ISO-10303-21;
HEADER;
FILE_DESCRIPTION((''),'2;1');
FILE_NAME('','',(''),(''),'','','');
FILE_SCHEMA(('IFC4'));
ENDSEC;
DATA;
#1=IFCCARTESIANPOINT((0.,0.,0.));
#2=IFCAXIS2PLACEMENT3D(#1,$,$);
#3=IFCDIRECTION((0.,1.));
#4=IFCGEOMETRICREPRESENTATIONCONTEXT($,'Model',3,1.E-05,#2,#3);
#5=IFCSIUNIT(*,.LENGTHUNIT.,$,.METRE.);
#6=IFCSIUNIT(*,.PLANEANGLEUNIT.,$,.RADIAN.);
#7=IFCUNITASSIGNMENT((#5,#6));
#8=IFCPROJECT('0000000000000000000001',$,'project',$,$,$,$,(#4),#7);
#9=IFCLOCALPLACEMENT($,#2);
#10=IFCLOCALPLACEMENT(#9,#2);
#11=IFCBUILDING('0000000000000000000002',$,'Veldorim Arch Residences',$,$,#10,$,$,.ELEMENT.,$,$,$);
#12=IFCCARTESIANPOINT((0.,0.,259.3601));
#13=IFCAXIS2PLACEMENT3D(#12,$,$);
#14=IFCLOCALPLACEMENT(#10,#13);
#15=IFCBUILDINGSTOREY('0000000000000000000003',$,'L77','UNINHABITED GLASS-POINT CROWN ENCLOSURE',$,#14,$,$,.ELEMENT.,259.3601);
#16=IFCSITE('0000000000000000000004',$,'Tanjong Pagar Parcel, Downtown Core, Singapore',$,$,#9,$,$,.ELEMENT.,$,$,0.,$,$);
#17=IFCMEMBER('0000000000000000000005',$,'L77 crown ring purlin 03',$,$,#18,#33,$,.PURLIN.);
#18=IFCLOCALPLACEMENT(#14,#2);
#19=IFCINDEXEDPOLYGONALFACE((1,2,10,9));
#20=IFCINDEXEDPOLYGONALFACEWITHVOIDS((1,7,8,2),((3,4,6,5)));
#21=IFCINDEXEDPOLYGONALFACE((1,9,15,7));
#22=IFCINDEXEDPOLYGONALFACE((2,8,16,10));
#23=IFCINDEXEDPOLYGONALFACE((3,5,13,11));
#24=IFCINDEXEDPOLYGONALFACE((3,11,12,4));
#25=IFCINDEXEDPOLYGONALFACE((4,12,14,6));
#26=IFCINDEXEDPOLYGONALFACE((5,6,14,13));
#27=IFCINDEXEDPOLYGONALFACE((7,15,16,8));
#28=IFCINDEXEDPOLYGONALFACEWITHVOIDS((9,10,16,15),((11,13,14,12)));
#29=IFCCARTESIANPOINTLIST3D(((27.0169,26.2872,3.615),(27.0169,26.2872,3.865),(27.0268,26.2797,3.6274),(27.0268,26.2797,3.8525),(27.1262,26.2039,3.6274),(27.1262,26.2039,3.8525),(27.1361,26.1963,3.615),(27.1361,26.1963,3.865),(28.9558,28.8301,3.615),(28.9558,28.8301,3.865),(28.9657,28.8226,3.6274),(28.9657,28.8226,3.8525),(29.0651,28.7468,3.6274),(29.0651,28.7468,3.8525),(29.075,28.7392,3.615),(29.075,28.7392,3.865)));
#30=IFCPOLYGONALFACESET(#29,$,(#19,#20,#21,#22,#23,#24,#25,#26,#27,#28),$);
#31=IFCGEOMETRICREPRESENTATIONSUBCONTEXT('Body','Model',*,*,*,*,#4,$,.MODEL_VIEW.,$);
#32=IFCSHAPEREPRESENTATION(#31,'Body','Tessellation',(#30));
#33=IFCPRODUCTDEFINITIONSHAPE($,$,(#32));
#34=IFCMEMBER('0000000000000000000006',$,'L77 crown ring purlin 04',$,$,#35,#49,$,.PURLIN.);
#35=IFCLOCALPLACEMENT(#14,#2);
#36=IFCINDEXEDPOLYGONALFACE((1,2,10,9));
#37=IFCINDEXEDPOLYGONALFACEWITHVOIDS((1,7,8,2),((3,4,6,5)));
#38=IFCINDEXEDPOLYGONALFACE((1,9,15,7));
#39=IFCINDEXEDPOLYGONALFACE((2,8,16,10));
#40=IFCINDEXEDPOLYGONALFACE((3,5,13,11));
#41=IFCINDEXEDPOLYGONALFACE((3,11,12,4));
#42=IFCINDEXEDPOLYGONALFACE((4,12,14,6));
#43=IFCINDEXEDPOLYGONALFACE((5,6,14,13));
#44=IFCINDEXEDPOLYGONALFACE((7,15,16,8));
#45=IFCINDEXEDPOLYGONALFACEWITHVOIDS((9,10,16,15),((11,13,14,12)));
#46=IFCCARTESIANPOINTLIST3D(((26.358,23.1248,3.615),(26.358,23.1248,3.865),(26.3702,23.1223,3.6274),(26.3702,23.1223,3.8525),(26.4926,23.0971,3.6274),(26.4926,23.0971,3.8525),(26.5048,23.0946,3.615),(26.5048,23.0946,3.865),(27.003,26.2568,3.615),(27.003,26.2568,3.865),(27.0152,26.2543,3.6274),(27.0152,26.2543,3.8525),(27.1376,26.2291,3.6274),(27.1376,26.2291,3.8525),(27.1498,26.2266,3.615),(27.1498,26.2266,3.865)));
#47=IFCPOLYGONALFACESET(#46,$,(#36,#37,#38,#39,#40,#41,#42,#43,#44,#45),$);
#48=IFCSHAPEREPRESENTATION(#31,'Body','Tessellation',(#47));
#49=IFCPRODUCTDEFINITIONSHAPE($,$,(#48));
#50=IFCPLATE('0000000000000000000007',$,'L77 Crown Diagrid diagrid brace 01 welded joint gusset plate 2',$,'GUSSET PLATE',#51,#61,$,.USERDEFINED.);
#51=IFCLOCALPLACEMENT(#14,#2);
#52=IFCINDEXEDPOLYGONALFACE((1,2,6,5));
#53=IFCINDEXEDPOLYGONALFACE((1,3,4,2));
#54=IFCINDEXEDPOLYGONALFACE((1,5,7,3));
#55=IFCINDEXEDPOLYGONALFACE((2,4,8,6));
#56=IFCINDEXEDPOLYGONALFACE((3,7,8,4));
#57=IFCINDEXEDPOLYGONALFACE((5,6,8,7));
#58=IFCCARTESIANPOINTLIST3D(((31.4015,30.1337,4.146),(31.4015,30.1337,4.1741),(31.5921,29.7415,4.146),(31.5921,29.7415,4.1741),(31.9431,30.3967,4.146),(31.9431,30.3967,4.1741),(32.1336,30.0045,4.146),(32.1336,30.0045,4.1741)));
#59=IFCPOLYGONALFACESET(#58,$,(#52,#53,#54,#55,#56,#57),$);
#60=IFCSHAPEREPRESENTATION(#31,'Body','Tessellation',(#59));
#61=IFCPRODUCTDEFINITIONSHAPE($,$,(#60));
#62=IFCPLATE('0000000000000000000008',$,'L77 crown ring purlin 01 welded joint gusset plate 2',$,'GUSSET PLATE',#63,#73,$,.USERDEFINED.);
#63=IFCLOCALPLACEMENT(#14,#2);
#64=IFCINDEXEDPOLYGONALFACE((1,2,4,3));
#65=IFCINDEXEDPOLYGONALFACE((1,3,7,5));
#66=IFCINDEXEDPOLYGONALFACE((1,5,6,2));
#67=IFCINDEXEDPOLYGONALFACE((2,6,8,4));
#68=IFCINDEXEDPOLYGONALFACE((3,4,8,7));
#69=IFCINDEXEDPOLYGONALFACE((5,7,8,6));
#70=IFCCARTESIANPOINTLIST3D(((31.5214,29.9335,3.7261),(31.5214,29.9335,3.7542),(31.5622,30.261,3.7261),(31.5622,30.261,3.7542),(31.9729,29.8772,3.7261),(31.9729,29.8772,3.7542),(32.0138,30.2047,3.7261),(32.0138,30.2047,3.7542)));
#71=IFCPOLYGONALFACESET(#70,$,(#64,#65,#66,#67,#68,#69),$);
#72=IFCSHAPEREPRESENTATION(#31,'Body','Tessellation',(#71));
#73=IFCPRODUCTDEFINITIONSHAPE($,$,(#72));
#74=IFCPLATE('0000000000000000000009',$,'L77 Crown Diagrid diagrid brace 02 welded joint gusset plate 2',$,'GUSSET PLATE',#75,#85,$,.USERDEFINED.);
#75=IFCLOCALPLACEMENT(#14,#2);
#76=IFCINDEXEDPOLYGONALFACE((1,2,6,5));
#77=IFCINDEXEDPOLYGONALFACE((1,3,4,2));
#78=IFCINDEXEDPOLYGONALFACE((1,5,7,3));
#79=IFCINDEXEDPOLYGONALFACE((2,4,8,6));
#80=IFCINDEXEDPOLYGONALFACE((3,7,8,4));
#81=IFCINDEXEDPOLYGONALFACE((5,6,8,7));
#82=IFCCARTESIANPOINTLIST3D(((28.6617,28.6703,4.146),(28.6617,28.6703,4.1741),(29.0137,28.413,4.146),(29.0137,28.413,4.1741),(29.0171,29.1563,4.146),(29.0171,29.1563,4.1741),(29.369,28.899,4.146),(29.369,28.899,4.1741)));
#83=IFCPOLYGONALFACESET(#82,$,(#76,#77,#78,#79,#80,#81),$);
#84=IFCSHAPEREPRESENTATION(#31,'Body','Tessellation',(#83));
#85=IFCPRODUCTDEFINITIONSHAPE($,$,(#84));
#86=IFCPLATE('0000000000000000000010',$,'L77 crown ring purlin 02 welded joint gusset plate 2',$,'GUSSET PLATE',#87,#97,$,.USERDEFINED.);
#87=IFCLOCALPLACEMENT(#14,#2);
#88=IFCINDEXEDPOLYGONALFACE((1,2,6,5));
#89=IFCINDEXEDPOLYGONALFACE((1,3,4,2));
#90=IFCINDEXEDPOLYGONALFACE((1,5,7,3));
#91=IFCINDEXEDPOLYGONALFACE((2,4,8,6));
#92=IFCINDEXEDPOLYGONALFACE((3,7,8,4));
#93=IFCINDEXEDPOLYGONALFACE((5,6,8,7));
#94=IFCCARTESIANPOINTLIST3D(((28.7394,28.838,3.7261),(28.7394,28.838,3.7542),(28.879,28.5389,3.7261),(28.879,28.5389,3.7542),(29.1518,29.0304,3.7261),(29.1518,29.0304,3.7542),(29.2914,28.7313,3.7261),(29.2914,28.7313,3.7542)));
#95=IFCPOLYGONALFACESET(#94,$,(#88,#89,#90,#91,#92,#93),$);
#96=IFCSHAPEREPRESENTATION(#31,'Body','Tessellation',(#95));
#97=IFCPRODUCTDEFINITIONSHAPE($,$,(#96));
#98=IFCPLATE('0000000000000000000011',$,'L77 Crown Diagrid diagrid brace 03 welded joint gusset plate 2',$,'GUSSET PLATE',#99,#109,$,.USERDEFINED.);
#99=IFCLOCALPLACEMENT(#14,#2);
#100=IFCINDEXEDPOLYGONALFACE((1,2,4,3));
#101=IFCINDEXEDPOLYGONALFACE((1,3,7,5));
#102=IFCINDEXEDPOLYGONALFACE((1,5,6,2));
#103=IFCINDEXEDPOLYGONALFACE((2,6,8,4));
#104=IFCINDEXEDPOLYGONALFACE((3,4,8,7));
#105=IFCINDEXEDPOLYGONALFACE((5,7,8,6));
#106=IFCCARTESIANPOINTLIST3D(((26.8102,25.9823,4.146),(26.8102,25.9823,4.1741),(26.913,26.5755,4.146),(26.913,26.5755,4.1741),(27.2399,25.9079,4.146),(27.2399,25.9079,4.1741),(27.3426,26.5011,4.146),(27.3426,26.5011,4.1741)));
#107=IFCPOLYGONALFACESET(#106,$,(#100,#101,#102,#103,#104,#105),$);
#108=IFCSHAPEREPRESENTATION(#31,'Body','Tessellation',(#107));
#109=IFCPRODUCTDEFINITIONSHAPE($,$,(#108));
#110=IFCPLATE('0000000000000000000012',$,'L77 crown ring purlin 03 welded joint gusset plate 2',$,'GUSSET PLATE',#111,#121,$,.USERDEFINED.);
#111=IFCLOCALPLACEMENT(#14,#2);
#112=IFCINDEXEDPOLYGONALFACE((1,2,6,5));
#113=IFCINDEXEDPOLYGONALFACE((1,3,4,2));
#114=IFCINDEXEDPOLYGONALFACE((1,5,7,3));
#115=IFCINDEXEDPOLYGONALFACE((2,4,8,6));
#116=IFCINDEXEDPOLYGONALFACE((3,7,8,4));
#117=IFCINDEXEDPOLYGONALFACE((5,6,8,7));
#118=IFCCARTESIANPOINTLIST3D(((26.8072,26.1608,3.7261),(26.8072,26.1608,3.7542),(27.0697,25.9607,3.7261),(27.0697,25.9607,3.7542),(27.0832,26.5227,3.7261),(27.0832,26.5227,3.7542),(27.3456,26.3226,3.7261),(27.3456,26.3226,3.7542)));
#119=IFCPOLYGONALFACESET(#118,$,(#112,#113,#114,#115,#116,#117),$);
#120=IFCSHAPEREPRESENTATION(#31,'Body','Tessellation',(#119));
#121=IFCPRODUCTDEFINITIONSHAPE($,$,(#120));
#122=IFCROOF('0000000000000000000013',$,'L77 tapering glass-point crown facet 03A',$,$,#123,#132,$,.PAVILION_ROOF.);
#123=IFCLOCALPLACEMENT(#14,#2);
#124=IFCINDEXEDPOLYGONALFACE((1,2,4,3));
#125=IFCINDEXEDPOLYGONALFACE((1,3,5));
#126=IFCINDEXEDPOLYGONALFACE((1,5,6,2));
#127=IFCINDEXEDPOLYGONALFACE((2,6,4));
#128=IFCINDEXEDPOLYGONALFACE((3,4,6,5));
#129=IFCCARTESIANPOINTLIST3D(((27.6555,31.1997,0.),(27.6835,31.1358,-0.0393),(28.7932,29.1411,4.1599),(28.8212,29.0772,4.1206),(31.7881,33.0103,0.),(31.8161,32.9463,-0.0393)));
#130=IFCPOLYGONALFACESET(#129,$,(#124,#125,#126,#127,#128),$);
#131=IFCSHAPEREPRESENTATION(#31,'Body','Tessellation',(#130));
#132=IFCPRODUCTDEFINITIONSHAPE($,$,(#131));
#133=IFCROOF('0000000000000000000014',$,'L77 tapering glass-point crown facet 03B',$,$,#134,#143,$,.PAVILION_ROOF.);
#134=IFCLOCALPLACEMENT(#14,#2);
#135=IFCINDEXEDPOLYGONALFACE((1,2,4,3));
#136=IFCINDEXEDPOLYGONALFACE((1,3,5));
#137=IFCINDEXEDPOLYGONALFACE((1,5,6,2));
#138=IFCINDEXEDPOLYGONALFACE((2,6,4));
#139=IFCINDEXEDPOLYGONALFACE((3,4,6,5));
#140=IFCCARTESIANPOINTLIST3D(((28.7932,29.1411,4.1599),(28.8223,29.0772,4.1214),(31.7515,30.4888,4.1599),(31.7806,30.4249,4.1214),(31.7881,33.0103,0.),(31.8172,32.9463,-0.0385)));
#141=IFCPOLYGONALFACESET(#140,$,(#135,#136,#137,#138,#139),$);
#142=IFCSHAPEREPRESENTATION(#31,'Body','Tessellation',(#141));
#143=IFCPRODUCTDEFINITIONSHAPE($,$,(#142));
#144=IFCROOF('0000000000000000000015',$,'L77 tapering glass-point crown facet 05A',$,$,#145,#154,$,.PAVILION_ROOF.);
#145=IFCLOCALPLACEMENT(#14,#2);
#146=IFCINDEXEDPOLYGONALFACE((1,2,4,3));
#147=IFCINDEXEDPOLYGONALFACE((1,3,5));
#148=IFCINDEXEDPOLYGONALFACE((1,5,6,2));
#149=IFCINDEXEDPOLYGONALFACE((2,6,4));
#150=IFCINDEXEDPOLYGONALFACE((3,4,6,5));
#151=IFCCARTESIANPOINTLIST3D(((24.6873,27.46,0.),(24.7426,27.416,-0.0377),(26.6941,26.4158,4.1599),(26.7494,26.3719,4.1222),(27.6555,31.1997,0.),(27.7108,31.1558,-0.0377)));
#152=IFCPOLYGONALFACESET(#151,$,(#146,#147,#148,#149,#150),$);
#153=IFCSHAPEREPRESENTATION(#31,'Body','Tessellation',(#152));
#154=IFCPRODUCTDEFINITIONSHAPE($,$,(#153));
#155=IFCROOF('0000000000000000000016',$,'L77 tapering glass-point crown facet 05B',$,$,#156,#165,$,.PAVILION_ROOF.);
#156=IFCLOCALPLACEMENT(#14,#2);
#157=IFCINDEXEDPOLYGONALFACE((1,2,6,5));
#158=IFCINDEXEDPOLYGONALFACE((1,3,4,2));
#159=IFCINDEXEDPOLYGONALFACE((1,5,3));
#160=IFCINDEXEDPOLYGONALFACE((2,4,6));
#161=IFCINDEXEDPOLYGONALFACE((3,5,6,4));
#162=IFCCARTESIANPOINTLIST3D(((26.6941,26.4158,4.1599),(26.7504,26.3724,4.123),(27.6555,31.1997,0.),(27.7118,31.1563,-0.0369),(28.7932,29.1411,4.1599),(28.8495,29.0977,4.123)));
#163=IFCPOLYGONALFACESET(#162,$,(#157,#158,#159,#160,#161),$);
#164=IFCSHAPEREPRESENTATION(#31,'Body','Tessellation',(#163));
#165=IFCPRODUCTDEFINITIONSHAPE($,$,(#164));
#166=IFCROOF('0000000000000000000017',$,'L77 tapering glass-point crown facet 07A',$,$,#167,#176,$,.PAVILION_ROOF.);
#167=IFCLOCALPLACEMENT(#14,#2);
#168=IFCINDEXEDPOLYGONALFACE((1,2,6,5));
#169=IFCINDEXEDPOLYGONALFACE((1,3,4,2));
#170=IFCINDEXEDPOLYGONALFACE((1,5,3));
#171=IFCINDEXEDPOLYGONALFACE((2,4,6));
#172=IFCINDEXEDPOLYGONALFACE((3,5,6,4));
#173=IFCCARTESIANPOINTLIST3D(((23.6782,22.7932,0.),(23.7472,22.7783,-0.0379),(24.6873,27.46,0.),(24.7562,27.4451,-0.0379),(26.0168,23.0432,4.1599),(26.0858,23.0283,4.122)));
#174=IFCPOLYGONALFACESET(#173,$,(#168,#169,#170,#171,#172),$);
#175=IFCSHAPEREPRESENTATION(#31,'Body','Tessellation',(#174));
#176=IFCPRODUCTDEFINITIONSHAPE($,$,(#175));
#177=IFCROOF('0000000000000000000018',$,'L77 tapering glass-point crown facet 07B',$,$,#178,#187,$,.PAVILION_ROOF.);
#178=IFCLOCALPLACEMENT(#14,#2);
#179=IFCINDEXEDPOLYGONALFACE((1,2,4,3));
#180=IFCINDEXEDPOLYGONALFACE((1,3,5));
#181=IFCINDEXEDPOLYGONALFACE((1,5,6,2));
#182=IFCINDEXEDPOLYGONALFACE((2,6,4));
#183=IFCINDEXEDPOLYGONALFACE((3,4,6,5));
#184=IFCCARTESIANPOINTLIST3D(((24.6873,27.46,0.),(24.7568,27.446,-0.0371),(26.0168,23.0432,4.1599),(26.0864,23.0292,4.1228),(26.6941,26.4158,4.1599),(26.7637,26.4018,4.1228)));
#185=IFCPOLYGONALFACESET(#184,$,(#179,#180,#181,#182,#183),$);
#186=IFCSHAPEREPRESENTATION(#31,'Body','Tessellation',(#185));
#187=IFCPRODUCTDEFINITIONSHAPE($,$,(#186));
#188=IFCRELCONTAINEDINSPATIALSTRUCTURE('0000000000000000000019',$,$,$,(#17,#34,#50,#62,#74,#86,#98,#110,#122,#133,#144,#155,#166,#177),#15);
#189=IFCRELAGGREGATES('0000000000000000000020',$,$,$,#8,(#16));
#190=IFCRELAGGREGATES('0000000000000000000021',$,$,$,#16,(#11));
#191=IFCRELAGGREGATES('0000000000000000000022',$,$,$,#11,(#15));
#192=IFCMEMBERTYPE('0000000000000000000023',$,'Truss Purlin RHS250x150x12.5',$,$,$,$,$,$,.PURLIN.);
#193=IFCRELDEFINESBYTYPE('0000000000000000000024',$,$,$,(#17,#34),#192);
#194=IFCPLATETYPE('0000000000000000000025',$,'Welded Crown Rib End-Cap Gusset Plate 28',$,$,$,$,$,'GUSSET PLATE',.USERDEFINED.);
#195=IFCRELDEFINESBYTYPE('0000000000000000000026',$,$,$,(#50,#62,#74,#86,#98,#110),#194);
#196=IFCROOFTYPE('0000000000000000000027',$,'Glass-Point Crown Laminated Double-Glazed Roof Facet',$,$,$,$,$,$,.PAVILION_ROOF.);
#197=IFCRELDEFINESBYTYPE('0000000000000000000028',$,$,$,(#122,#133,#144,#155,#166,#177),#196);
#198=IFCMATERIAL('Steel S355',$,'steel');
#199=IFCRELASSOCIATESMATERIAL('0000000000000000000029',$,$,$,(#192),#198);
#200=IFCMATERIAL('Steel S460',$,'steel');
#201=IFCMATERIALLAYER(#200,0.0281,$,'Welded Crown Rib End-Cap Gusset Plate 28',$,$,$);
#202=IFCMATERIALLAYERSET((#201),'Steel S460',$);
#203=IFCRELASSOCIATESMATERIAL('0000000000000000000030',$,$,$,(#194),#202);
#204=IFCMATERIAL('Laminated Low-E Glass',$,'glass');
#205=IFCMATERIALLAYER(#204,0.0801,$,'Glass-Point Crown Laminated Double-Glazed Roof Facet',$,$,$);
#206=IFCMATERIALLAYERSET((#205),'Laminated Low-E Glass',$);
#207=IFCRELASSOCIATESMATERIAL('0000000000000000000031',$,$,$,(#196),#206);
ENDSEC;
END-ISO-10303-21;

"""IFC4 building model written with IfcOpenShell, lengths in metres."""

from ifc_helpers import new_model, si_unit, direction, frame, origin, origin_2d, place, context, subcontext, project, spatial, polyline, rectangle, hollow_rectangle, outline, extrude, material, layer, layer_set, material_profile, profile_set, type_object, element, save


model = new_model("IFC4")

# Units and contexts
model_context = context("Model", 3, precision=1e-05, world=origin(), true_north=direction((0.0, 1.0)))
body_context = subcontext(model_context, "Body", "Model", "MODEL_VIEW")
ifc_project = project(units=[si_unit("LENGTHUNIT", "METRE"), si_unit("PLANEANGLEUNIT", "RADIAN")], contexts=[model_context])

# Site, building, storey
site_placement = place(None, origin())
site = spatial("IfcSite", under=ifc_project, at=site_placement, Name="Tanjong Pagar Parcel, Downtown Core, Singapore", CompositionType="ELEMENT", RefElevation=0.0)
building_placement = place(site_placement, origin())
building = spatial("IfcBuilding", under=site, at=building_placement, Name="Veldorim Arch Residences", CompositionType="ELEMENT")
storey_placement = place(building_placement, frame((0.0, 0.0, 259.3601)))
storey = spatial("IfcBuildingStorey", under=building, at=storey_placement, Name="L77", Description="UNINHABITED GLASS-POINT CROWN ENCLOSURE", CompositionType="ELEMENT", Elevation=259.3601)

# Members
ifc_material_1 = material(Name="Steel S355", Category="steel")
ifc_material_profile_1 = material_profile(ifc_material_1, hollow_rectangle(XDim=0.1499, YDim=0.25, WallThickness=0.0125, at=origin_2d()), Name="RHS250x150x12.5")
ifc_profile_set_1 = profile_set([ifc_material_profile_1], Name="Steel S355")
member_type_1 = type_object("IfcMemberType", Name="Truss Purlin RHS250x150x12.5", PredefinedType="PURLIN", material=ifc_profile_set_1)
for number, where, z_axis, x_axis, name in (
    (1, (29.0154, 28.7847, 3.74), (-0.606333, -0.795211, 0.0), (0.795211, -0.606333, 0.0), "L77 crown ring purlin 03"),
    (2, (27.0764, 26.2417, 3.74), (-0.201707, -0.979446, 0.0), (0.979446, -0.201707, 0.0), "L77 crown ring purlin 04"),
):
    element("IfcMember", number, at=place(storey_placement, frame(where, z_axis=z_axis, x_axis=x_axis)), inside=storey, type_object=member_type_1, Name=name, PredefinedType="PURLIN", context=body_context, shape_type="SweptSolid", body=[
        extrude(hollow_rectangle(XDim=0.1499, YDim=0.25, WallThickness=0.0125, at=origin_2d()), origin(), (0.0, 0.0, 1.0), 3.1978),
    ])

# Plates
ifc_material_2 = material(Name="Steel S460", Category="steel")
ifc_layer_1 = layer(ifc_material_2, 0.0281, Name="Welded Crown Rib End-Cap Gusset Plate 28")
ifc_layer_set_1 = layer_set([ifc_layer_1], Name="Steel S460")
plate_type = type_object("IfcPlateType", Name="Welded Crown Rib End-Cap Gusset Plate 28", ElementType="GUSSET PLATE", PredefinedType="USERDEFINED", material=ifc_layer_set_1)
plate_1_placement = place(storey_placement, frame((31.7676, 30.0691, 4.146), z_axis=(0.0, 0.0, 1.0), x_axis=(-0.899482, -0.436959, 0.0)))
element("IfcPlate", 3, at=plate_1_placement, inside=storey, type_object=plate_type, Name="L77 Crown Diagrid diagrid brace 01 welded joint gusset plate 2", ObjectType="GUSSET PLATE", PredefinedType="USERDEFINED", context=body_context, shape_type="SweptSolid", body=[
    extrude(rectangle(XDim=0.6021, YDim=0.436, at=origin_2d()), origin(), (0.0, 0.0, 1.0), 0.0281),
])
plate_2_placement = place(storey_placement, frame((31.7676, 30.0691, 3.7261), z_axis=(0.0, 0.0, 1.0), x_axis=(-0.992315, 0.12374, 0.0)))
element("IfcPlate", 4, at=plate_2_placement, inside=storey, type_object=plate_type, Name="L77 crown ring purlin 01 welded joint gusset plate 2", ObjectType="GUSSET PLATE", PredefinedType="USERDEFINED", context=body_context, shape_type="SweptSolid", body=[
    extrude(rectangle(XDim=0.4551, YDim=0.3301, at=origin_2d()), origin(), (0.0, 0.0, 1.0), 0.0281),
])
plate_3_placement = place(storey_placement, frame((29.0154, 28.7847, 4.146), z_axis=(0.0, 0.0, 1.0), x_axis=(-0.590211, -0.807249, 0.0)))
element("IfcPlate", 5, at=plate_3_placement, inside=storey, type_object=plate_type, Name="L77 Crown Diagrid diagrid brace 02 welded joint gusset plate 2", ObjectType="GUSSET PLATE", PredefinedType="USERDEFINED", context=body_context, shape_type="SweptSolid", body=[
    extrude(rectangle(XDim=0.6021, YDim=0.436, at=origin_2d()), origin(), (0.0, 0.0, 1.0), 0.0281),
])
plate_4_placement = place(storey_placement, frame((29.0154, 28.7847, 3.7261), z_axis=(0.0, 0.0, 1.0), x_axis=(-0.906175, -0.422903, 0.0)))
element("IfcPlate", 6, at=plate_4_placement, inside=storey, type_object=plate_type, Name="L77 crown ring purlin 02 welded joint gusset plate 2", ObjectType="GUSSET PLATE", PredefinedType="USERDEFINED", context=body_context, shape_type="SweptSolid", body=[
    extrude(rectangle(XDim=0.4551, YDim=0.3301, at=origin_2d()), origin(), (0.0, 0.0, 1.0), 0.0281),
])
plate_5_placement = place(storey_placement, frame((27.0764, 26.2417, 4.146), z_axis=(0.0, 0.0, 1.0), x_axis=(-0.170639, -0.985334, 0.0)))
element("IfcPlate", 7, at=plate_5_placement, inside=storey, type_object=plate_type, Name="L77 Crown Diagrid diagrid brace 03 welded joint gusset plate 2", ObjectType="GUSSET PLATE", PredefinedType="USERDEFINED", context=body_context, shape_type="SweptSolid", body=[
    extrude(rectangle(XDim=0.6021, YDim=0.436, at=origin_2d()), origin(), (0.0, 0.0, 1.0), 0.0281),
])
plate_6_placement = place(storey_placement, frame((27.0764, 26.2417, 3.7261), z_axis=(0.0, 0.0, 1.0), x_axis=(-0.606391, -0.795167, 0.0)))
element("IfcPlate", 8, at=plate_6_placement, inside=storey, type_object=plate_type, Name="L77 crown ring purlin 03 welded joint gusset plate 2", ObjectType="GUSSET PLATE", PredefinedType="USERDEFINED", context=body_context, shape_type="SweptSolid", body=[
    extrude(rectangle(XDim=0.4551, YDim=0.3301, at=origin_2d()), origin(), (0.0, 0.0, 1.0), 0.0281),
])

# Roofs
ifc_material_3 = material(Name="Laminated Low-E Glass", Category="glass")
ifc_layer_2 = layer(ifc_material_3, 0.0801, Name="Glass-Point Crown Laminated Double-Glazed Roof Facet")
ifc_layer_set_2 = layer_set([ifc_layer_2], Name="Laminated Low-E Glass")
roof_type = type_object("IfcRoofType", Name="Glass-Point Crown Laminated Double-Glazed Roof Facet", PredefinedType="PAVILION_ROOF", material=ifc_layer_set_2)
roof_1_placement = place(storey_placement, frame((31.7881, 33.0103, 0.0), z_axis=(-0.349679, 0.798142, 0.490606), x_axis=(-0.91595, -0.401293, 0.0)))
element("IfcRoof", 9, at=roof_1_placement, inside=storey, type_object=roof_type, Name="L77 tapering glass-point crown facet 03A", PredefinedType="PAVILION_ROOF", context=body_context, shape_type="SweptSolid", body=[
    extrude(outline(polyline([(0.0, 0.0), (4.5118, 0.0), (4.2958, 4.7739), (0.0, 0.0)])), origin(), (0.0, 0.0, -1.0), 0.0801),
])
roof_2_placement = place(storey_placement, frame((31.7881, 33.0103, 0.0), z_axis=(-0.363564, 0.798063, 0.480537), x_axis=(-0.466333, -0.602465, 0.647742)))
element("IfcRoof", 10, at=roof_2_placement, inside=storey, type_object=roof_type, Name="L77 tapering glass-point crown facet 03B", PredefinedType="PAVILION_ROOF", context=body_context, shape_type="SweptSolid", body=[
    extrude(outline(polyline([(0.0, 0.0), (6.4222, 0.0), (4.2307, 2.401), (0.0, 0.0)])), origin(), (0.0, 0.0, -1.0), 0.0801),
])
roof_3_placement = place(storey_placement, frame((27.6555, 31.1997, 0.0), z_axis=(-0.690951, 0.548412, 0.470989), x_axis=(-0.621685, -0.783268, 0.0)))
element("IfcRoof", 11, at=roof_3_placement, inside=storey, type_object=roof_type, Name="L77 tapering glass-point crown facet 05A", PredefinedType="PAVILION_ROOF", context=body_context, shape_type="SweptSolid", body=[
    extrude(outline(polyline([(0.0, 0.0), (4.7745, 0.0), (4.3448, 4.7157), (0.0, 0.0)])), origin(), (0.0, 0.0, -1.0), 0.0801),
])
roof_4_placement = place(storey_placement, frame((27.6555, 31.1997, 0.0), z_axis=(-0.703283, 0.541685, 0.460402), x_axis=(-0.149939, -0.746077, 0.648758)))
element("IfcRoof", 12, at=roof_4_placement, inside=storey, type_object=roof_type, Name="L77 tapering glass-point crown facet 05B", PredefinedType="PAVILION_ROOF", context=body_context, shape_type="SweptSolid", body=[
    extrude(outline(polyline([(0.0, 0.0), (6.4121, 0.0), (4.0641, 2.514), (0.0, 0.0)])), origin(), (0.0, 0.0, -1.0), 0.0801),
])
roof_5_placement = place(storey_placement, frame((24.6873, 27.46, 0.0), z_axis=(-0.861187, 0.186204, 0.472953), x_axis=(-0.211334, -0.977414, 0.0)))
element("IfcRoof", 13, at=roof_5_placement, inside=storey, type_object=roof_type, Name="L77 tapering glass-point crown facet 07A", PredefinedType="PAVILION_ROOF", context=body_context, shape_type="SweptSolid", body=[
    extrude(outline(polyline([(0.0, 0.0), (4.7746, 0.0), (4.036, 4.7213), (0.0, 0.0)])), origin(), (0.0, 0.0, -1.0), 0.0801),
])
roof_6_placement = place(storey_placement, frame((24.6873, 27.46, 0.0), z_axis=(-0.868997, 0.174504, 0.463026), x_axis=(0.21406, -0.711082, 0.669732)))
element("IfcRoof", 14, at=roof_6_placement, inside=storey, type_object=roof_type, Name="L77 tapering glass-point crown facet 07B", PredefinedType="PAVILION_ROOF", context=body_context, shape_type="SweptSolid", body=[
    extrude(outline(polyline([(0.0, 0.0), (6.2113, 0.0), (3.9581, 2.5992), (0.0, 0.0)])), origin(), (0.0, 0.0, -1.0), 0.0801),
])

save(model, "model.ifc")
